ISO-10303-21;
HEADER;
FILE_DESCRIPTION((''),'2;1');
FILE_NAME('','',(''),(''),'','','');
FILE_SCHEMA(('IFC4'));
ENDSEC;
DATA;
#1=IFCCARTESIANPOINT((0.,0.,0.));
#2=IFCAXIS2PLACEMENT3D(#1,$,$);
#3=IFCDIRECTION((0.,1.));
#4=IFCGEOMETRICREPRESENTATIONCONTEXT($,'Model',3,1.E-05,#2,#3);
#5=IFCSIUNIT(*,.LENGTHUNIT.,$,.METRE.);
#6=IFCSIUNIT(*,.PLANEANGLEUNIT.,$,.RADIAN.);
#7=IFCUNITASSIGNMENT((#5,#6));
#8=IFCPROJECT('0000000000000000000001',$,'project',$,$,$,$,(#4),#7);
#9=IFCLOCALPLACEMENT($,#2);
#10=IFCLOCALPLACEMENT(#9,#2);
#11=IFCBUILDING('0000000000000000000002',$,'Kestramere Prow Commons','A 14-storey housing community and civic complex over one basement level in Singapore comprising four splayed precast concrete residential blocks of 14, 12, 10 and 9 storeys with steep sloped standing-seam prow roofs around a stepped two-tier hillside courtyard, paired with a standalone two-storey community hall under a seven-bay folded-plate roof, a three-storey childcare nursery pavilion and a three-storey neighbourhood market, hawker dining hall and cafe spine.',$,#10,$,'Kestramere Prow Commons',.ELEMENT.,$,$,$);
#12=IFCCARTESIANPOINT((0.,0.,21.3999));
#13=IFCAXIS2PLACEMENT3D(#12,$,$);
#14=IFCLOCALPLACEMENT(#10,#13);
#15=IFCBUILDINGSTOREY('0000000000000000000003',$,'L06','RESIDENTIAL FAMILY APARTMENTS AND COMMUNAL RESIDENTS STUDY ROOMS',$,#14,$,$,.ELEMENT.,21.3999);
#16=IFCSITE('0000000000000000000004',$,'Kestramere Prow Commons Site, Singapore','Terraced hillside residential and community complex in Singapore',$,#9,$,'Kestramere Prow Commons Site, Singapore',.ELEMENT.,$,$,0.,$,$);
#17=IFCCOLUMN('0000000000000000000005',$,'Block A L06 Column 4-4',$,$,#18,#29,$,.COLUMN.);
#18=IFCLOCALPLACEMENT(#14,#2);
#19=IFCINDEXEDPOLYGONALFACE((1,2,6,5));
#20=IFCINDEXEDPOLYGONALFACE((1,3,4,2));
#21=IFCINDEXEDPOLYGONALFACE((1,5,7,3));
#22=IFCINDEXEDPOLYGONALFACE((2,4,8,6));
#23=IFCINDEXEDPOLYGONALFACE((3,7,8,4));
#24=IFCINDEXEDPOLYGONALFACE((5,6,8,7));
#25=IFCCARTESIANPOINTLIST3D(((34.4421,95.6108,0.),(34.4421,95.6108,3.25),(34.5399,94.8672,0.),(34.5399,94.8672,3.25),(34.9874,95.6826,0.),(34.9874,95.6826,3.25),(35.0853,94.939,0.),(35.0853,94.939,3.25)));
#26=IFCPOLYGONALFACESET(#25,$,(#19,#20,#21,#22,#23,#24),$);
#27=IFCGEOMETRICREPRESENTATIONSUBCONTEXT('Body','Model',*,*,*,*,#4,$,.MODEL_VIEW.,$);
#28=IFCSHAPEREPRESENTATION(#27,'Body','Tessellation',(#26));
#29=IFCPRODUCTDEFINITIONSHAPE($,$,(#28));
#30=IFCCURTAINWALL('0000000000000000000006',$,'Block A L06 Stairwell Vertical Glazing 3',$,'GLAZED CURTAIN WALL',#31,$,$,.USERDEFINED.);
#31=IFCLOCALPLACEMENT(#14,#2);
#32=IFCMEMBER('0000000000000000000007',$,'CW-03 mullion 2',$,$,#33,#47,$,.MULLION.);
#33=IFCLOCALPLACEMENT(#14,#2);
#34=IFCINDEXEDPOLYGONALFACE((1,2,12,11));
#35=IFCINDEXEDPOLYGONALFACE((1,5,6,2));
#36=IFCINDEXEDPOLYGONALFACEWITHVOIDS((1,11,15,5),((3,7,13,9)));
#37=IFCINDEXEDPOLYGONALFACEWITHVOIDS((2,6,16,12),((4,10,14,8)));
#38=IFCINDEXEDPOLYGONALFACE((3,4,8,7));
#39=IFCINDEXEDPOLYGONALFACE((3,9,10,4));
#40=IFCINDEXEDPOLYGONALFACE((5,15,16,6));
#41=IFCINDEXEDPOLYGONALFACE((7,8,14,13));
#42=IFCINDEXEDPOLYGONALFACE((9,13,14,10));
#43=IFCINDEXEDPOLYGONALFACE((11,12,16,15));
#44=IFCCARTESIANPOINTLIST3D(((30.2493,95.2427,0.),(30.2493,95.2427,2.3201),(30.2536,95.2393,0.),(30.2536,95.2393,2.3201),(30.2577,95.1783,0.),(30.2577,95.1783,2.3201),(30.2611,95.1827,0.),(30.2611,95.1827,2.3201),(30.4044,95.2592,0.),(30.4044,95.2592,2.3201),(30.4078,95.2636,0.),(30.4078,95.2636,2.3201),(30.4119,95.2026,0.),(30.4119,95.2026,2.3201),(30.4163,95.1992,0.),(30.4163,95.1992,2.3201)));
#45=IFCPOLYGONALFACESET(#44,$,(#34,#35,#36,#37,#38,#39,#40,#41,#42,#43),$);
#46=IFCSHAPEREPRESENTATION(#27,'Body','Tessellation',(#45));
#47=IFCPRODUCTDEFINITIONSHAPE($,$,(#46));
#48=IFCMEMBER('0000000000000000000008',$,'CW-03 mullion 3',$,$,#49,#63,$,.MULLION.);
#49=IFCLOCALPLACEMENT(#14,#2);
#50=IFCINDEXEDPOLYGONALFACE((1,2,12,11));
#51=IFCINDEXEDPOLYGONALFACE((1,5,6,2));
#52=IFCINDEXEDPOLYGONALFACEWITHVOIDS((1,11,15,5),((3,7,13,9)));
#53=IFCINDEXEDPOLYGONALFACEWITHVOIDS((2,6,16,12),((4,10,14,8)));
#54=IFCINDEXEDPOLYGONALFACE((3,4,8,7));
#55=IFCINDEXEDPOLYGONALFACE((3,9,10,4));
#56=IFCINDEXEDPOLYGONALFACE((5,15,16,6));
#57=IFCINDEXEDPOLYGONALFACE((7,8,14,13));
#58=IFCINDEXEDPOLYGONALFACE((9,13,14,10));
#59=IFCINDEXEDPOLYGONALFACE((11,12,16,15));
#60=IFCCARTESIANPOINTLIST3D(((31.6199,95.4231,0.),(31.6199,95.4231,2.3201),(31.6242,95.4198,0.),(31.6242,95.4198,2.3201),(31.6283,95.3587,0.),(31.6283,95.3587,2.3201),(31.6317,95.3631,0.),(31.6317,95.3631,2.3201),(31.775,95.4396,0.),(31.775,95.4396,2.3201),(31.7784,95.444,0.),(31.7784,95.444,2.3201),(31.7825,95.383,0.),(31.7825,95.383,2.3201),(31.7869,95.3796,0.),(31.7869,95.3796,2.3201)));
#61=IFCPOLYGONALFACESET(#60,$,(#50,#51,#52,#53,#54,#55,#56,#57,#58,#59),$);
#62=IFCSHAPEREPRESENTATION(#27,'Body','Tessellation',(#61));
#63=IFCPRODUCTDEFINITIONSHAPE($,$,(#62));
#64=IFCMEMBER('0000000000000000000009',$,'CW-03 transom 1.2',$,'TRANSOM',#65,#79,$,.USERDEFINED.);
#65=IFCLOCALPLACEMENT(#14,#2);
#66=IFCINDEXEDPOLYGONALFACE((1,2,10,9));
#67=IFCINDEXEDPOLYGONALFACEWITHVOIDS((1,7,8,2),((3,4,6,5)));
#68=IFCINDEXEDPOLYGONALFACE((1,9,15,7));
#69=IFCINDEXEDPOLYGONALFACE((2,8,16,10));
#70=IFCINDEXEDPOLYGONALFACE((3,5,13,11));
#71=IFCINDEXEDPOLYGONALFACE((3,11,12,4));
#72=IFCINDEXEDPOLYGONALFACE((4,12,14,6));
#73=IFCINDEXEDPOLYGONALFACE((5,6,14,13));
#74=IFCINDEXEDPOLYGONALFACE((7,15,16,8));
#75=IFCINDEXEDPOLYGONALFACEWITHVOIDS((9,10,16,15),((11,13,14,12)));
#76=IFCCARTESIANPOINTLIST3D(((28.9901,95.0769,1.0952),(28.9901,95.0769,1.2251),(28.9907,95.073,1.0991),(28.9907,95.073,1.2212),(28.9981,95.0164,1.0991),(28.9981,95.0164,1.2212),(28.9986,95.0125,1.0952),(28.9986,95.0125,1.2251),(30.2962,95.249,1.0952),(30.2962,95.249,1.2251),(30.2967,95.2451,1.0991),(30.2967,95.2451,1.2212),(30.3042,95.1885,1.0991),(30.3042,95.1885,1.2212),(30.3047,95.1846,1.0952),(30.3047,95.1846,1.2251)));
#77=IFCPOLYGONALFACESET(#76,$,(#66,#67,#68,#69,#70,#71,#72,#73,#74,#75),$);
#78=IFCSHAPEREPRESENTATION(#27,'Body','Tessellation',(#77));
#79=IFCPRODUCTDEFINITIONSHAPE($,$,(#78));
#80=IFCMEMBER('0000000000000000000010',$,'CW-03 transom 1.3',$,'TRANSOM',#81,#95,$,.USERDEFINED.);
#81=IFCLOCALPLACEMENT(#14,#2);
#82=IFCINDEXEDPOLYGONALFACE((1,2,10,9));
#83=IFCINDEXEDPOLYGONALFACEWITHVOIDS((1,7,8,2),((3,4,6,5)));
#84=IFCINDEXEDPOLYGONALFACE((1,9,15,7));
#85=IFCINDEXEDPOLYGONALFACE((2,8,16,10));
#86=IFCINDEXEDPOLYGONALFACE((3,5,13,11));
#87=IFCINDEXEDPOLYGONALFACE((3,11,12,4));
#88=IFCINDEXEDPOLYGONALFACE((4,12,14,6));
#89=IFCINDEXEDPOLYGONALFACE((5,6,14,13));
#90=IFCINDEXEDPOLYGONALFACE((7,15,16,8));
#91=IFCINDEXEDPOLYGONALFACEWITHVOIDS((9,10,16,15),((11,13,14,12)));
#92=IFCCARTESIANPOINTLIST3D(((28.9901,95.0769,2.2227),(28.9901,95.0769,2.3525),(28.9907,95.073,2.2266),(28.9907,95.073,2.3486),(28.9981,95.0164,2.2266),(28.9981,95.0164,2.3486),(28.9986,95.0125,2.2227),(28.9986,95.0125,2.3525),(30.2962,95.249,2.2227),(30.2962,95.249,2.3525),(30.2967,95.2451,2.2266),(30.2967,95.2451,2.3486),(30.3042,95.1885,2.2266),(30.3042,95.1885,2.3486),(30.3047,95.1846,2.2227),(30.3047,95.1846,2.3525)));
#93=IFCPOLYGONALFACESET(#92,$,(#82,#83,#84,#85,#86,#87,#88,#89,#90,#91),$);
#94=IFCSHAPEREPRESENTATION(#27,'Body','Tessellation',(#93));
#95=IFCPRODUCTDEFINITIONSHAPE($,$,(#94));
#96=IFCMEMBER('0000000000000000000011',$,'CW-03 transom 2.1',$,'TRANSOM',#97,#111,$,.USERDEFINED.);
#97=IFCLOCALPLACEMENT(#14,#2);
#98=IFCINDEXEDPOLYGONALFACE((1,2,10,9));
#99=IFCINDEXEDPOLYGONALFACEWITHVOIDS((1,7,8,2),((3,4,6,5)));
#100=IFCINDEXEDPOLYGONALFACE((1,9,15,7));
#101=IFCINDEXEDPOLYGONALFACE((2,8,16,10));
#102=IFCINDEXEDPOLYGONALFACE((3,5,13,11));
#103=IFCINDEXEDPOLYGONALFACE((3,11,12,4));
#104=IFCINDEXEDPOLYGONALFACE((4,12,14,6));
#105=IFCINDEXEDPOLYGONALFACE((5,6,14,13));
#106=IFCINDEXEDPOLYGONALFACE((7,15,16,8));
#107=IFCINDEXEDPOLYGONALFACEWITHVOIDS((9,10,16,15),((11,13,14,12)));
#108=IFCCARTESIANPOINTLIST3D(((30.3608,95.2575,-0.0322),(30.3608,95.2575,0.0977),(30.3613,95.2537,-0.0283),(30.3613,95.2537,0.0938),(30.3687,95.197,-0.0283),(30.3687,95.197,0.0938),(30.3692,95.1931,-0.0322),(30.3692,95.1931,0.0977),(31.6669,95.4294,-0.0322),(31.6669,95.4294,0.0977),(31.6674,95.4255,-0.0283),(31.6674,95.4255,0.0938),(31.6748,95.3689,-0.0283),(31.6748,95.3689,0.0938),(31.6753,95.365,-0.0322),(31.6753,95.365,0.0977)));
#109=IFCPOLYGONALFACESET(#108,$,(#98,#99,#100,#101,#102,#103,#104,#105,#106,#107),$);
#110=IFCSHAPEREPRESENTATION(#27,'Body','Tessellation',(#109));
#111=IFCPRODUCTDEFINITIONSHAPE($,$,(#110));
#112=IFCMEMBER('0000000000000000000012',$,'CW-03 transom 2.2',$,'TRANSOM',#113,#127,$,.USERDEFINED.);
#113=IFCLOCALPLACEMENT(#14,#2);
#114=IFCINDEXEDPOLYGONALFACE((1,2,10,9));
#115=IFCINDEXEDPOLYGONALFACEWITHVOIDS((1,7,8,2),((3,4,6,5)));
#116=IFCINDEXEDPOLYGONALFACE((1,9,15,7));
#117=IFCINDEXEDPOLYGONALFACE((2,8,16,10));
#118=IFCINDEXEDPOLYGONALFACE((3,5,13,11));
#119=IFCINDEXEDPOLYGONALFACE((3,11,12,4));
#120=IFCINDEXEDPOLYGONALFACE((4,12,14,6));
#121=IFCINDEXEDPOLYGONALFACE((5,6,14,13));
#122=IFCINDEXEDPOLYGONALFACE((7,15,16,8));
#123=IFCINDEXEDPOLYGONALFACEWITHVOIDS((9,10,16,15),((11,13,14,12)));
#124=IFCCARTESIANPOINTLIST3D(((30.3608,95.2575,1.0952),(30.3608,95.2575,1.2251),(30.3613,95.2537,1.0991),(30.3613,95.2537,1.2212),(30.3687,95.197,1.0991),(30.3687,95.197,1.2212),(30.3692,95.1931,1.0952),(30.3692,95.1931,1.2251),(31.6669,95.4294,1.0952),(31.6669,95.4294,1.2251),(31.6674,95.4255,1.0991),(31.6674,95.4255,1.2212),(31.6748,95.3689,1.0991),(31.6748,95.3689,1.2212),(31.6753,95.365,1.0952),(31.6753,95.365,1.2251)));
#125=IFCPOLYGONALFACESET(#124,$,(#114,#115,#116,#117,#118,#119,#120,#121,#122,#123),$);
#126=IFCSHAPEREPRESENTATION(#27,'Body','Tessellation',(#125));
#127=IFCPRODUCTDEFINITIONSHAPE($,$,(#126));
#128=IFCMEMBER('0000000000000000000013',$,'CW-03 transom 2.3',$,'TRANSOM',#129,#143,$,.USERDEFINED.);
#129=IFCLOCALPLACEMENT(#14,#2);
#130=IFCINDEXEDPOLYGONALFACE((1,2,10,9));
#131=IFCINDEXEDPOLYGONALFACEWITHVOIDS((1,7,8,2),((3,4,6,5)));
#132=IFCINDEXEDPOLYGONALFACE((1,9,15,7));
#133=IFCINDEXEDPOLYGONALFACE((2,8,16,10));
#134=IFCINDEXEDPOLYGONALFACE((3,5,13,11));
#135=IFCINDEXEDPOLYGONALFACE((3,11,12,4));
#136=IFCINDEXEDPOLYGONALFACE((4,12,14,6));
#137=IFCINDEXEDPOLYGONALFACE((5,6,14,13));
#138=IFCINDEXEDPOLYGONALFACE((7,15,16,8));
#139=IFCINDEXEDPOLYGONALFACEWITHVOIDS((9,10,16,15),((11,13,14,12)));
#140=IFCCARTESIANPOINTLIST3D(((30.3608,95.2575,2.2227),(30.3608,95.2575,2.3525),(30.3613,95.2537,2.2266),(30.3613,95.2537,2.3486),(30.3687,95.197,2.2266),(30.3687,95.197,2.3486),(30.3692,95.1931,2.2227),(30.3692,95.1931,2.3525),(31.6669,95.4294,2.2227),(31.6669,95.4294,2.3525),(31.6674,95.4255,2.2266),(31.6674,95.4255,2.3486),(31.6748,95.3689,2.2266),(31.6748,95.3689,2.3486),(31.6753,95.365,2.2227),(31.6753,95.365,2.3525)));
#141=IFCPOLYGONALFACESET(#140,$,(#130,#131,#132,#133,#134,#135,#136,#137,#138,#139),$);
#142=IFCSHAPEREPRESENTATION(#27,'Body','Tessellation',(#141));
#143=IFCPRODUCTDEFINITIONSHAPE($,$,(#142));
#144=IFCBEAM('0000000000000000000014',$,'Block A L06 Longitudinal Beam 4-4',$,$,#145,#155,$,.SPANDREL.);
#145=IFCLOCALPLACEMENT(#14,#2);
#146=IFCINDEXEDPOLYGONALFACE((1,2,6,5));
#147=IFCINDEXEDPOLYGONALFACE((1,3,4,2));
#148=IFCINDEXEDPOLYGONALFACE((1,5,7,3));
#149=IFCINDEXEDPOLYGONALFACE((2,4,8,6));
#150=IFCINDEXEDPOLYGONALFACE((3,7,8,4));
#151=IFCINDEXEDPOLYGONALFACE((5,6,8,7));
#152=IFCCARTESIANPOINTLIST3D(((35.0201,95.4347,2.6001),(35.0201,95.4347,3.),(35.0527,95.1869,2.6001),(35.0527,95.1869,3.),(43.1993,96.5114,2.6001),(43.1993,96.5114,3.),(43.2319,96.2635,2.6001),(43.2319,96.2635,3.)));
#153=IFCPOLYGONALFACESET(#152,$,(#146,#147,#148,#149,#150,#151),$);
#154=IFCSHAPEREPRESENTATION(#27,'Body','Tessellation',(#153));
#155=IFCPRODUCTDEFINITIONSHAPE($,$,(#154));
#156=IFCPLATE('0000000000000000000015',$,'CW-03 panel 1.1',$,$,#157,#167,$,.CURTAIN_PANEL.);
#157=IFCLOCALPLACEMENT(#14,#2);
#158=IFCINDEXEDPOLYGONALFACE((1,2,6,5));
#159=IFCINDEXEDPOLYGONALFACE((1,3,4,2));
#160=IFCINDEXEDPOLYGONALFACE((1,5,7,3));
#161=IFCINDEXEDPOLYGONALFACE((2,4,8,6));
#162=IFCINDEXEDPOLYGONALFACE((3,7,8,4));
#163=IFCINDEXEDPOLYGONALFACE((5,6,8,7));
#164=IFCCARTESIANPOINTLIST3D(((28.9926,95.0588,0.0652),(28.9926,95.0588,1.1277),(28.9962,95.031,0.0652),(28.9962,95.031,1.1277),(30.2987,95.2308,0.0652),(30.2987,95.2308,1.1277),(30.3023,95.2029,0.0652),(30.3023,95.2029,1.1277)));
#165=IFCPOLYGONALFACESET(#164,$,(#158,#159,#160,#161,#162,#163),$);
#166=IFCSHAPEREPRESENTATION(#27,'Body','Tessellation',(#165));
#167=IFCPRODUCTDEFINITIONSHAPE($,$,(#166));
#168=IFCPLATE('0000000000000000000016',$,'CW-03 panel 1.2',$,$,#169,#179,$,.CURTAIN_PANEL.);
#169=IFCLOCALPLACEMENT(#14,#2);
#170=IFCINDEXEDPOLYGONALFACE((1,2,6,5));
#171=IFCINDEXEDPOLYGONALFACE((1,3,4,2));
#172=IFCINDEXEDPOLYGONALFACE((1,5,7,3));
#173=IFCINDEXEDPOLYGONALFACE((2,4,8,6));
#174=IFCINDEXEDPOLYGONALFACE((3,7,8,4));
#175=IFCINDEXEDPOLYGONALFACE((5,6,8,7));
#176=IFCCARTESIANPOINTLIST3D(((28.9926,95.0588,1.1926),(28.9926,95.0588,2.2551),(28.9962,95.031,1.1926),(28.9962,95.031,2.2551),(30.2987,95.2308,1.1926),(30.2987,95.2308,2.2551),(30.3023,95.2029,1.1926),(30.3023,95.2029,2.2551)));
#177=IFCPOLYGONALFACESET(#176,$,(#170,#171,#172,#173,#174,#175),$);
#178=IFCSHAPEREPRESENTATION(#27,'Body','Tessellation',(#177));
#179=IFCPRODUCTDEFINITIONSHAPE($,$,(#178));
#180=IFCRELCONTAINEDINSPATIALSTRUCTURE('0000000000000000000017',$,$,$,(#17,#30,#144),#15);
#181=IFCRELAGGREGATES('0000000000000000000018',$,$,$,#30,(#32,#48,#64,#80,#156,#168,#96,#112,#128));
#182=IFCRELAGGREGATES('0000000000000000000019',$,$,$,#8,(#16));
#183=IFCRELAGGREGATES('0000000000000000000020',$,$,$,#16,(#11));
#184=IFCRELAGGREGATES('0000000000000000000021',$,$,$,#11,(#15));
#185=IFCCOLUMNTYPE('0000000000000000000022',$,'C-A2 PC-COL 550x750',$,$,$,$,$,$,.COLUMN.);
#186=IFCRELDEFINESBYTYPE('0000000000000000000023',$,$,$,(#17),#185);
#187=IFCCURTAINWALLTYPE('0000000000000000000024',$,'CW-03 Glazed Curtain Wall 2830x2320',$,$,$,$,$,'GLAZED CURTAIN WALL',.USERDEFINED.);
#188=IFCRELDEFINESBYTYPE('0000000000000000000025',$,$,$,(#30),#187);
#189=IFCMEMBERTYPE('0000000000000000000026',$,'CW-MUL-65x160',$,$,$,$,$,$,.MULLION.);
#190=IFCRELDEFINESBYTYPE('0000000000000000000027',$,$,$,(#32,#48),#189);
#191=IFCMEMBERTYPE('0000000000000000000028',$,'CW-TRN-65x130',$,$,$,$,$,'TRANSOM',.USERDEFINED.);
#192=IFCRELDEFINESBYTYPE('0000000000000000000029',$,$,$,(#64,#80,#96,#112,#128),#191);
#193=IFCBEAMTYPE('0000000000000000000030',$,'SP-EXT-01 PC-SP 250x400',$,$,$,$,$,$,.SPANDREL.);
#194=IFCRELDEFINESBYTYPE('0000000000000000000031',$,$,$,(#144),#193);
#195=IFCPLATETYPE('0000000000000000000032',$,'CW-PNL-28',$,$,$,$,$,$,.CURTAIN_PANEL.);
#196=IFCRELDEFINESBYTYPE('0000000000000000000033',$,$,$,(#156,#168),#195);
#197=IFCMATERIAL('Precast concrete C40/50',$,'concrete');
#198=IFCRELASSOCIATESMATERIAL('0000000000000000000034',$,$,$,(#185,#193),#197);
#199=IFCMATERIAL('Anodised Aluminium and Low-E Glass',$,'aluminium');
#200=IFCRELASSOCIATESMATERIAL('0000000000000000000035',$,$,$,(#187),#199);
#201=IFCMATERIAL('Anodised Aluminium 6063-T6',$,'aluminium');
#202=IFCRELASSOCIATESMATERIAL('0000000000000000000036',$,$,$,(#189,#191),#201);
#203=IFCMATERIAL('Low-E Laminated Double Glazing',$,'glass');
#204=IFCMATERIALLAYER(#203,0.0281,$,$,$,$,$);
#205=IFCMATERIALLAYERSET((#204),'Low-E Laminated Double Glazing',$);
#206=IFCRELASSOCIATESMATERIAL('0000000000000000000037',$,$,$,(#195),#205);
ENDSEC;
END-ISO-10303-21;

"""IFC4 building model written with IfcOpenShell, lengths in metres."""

from ifc_helpers import new_model, si_unit, direction, frame, origin, origin_2d, place, context, subcontext, project, spatial, rectangle, hollow_rectangle, extrude, material, layer, layer_set, material_profile, profile_set, type_object, element, aggregate, save


model = new_model("IFC4")

# Units and contexts
model_context = context("Model", 3, precision=1e-05, world=origin(), true_north=direction((0.0, 1.0)))
body_context = subcontext(model_context, "Body", "Model", "MODEL_VIEW")
ifc_project = project(units=[si_unit("LENGTHUNIT", "METRE"), si_unit("PLANEANGLEUNIT", "RADIAN")], contexts=[model_context])

# Site, building, storey
site_placement = place(None, origin())
site = spatial("IfcSite", under=ifc_project, at=site_placement, Name="Kestramere Prow Commons Site, Singapore", Description="Terraced hillside residential and community complex in Singapore", LongName="Kestramere Prow Commons Site, Singapore", CompositionType="ELEMENT", RefElevation=0.0)
building_placement = place(site_placement, origin())
building = spatial("IfcBuilding", under=site, at=building_placement, Name="Kestramere Prow Commons", Description="A 14-storey housing community and civic complex over one basement level in Singapore comprising four splayed precast concrete residential blocks of 14, 12, 10 and 9 storeys with steep sloped standing-seam prow roofs around a stepped two-tier hillside courtyard, paired with a standalone two-storey community hall under a seven-bay folded-plate roof, a three-storey childcare nursery pavilion and a three-storey neighbourhood market, hawker dining hall and cafe spine.", LongName="Kestramere Prow Commons", CompositionType="ELEMENT")
storey_placement = place(building_placement, frame((0.0, 0.0, 21.3999)))
storey = spatial("IfcBuildingStorey", under=building, at=storey_placement, Name="L06", Description="RESIDENTIAL FAMILY APARTMENTS AND COMMUNAL RESIDENTS STUDY ROOMS", CompositionType="ELEMENT", Elevation=21.3999)

# Column
ifc_material_1 = material(Name="Precast concrete C40/50", Category="concrete")
ifc_material_profile_1 = material_profile(ifc_material_1, rectangle(XDim=0.55, YDim=0.75, at=origin_2d()), Name="PC-COL 550x750")
ifc_profile_set_1 = profile_set([ifc_material_profile_1], Name="Precast concrete C40/50")
column_type = type_object("IfcColumnType", Name="C-A2 PC-COL 550x750", PredefinedType="COLUMN", material=ifc_profile_set_1)
column_placement = place(storey_placement, frame((34.7637, 95.2749, 0.0), z_axis=(0.0, 0.0, 1.0), x_axis=(0.991445, 0.130526, 0.0)))
element("IfcColumn", 1, at=column_placement, inside=storey, type_object=column_type, Name="Block A L06 Column 4-4", PredefinedType="COLUMN", context=body_context, shape_type="SweptSolid", body=[
    extrude(rectangle(XDim=0.55, YDim=0.75, at=origin_2d()), origin(), (0.0, 0.0, 1.0), 3.25),
])

# Curtain wall, members
ifc_material_2 = material(Name="Anodised Aluminium and Low-E Glass", Category="aluminium")
curtain_wall_type = type_object("IfcCurtainWallType", Name="CW-03 Glazed Curtain Wall 2830x2320", ElementType="GLAZED CURTAIN WALL", PredefinedType="USERDEFINED", material=ifc_material_2)
curtain_wall_placement = place(storey_placement, origin())
curtain_wall = element("IfcCurtainWall", 2, at=curtain_wall_placement, inside=storey, type_object=curtain_wall_type, Name="Block A L06 Stairwell Vertical Glazing 3", ObjectType="GLAZED CURTAIN WALL", PredefinedType="USERDEFINED")
ifc_material_3 = material(Name="Anodised Aluminium 6063-T6", Category="aluminium")
ifc_material_profile_2 = material_profile(ifc_material_3, hollow_rectangle(XDim=0.0649, YDim=0.1599, WallThickness=0.0039, at=origin_2d()), Name="ALU-MUL 65x160")
ifc_profile_set_2 = profile_set([ifc_material_profile_2], Name="Anodised Aluminium 6063-T6")
member_type_1 = type_object("IfcMemberType", Name="CW-MUL-65x160", PredefinedType="MULLION", material=ifc_profile_set_2)
member_1_placement = place(storey_placement, frame((30.3328, 95.2209, 0.0), z_axis=(0.0, 0.0, 1.0), x_axis=(-0.130526, 0.991445, 0.0)))
member_1 = element("IfcMember", 3, at=member_1_placement, type_object=member_type_1, Name="CW-03 mullion 2", PredefinedType="MULLION", context=body_context, shape_type="SweptSolid", body=[
    extrude(hollow_rectangle(XDim=0.0649, YDim=0.1599, WallThickness=0.0039, at=origin_2d()), origin(), (0.0, 0.0, 1.0), 2.3201),
])
member_2_placement = place(storey_placement, frame((31.7034, 95.4014, 0.0), z_axis=(0.0, 0.0, 1.0), x_axis=(-0.130526, 0.991445, 0.0)))
member_2 = element("IfcMember", 4, at=member_2_placement, type_object=member_type_1, Name="CW-03 mullion 3", PredefinedType="MULLION", context=body_context, shape_type="SweptSolid", body=[
    extrude(hollow_rectangle(XDim=0.0649, YDim=0.1599, WallThickness=0.0039, at=origin_2d()), origin(), (0.0, 0.0, 1.0), 2.3201),
])
ifc_material_profile_3 = material_profile(ifc_material_3, hollow_rectangle(XDim=0.0649, YDim=0.1299, WallThickness=0.0039, at=origin_2d()), Name="ALU-TRN 65x130")
ifc_profile_set_3 = profile_set([ifc_material_profile_3], Name="Anodised Aluminium 6063-T6")
member_type_2 = type_object("IfcMemberType", Name="CW-TRN-65x130", ElementType="TRANSOM", PredefinedType="USERDEFINED", material=ifc_profile_set_3)
member_3_placement = place(storey_placement, frame((28.9944, 95.0447, 1.1602), z_axis=(0.991429, 0.130646, 0.0), x_axis=(-0.130646, 0.991429, 0.0)))
member_3 = element("IfcMember", 5, at=member_3_placement, type_object=member_type_2, Name="CW-03 transom 1.2", ObjectType="TRANSOM", PredefinedType="USERDEFINED", context=body_context, shape_type="SweptSolid", body=[
    extrude(hollow_rectangle(XDim=0.0649, YDim=0.1299, WallThickness=0.0039, at=origin_2d()), origin(), (0.0, 0.0, 1.0), 1.3174),
])
member_4_placement = place(storey_placement, frame((28.9944, 95.0447, 2.2876), z_axis=(0.991429, 0.130646, 0.0), x_axis=(-0.130646, 0.991429, 0.0)))
member_4 = element("IfcMember", 6, at=member_4_placement, type_object=member_type_2, Name="CW-03 transom 1.3", ObjectType="TRANSOM", PredefinedType="USERDEFINED", context=body_context, shape_type="SweptSolid", body=[
    extrude(hollow_rectangle(XDim=0.0649, YDim=0.1299, WallThickness=0.0039, at=origin_2d()), origin(), (0.0, 0.0, 1.0), 1.3174),
])
member_5_placement = place(storey_placement, frame((30.365, 95.2253, 0.0327), z_axis=(0.991453, 0.130464, 0.0), x_axis=(-0.130464, 0.991453, 0.0)))
member_5 = element("IfcMember", 7, at=member_5_placement, type_object=member_type_2, Name="CW-03 transom 2.1", ObjectType="TRANSOM", PredefinedType="USERDEFINED", context=body_context, shape_type="SweptSolid", body=[
    extrude(hollow_rectangle(XDim=0.0649, YDim=0.1299, WallThickness=0.0039, at=origin_2d()), origin(), (0.0, 0.0, 1.0), 1.3174),
])
member_6_placement = place(storey_placement, frame((30.365, 95.2253, 1.1602), z_axis=(0.991453, 0.130464, 0.0), x_axis=(-0.130464, 0.991453, 0.0)))
member_6 = element("IfcMember", 8, at=member_6_placement, type_object=member_type_2, Name="CW-03 transom 2.2", ObjectType="TRANSOM", PredefinedType="USERDEFINED", context=body_context, shape_type="SweptSolid", body=[
    extrude(hollow_rectangle(XDim=0.0649, YDim=0.1299, WallThickness=0.0039, at=origin_2d()), origin(), (0.0, 0.0, 1.0), 1.3174),
])
member_7_placement = place(storey_placement, frame((30.365, 95.2253, 2.2876), z_axis=(0.991453, 0.130464, 0.0), x_axis=(-0.130464, 0.991453, 0.0)))
member_7 = element("IfcMember", 9, at=member_7_placement, type_object=member_type_2, Name="CW-03 transom 2.3", ObjectType="TRANSOM", PredefinedType="USERDEFINED", context=body_context, shape_type="SweptSolid", body=[
    extrude(hollow_rectangle(XDim=0.0649, YDim=0.1299, WallThickness=0.0039, at=origin_2d()), origin(), (0.0, 0.0, 1.0), 1.3174),
])

# Beam
ifc_material_profile_4 = material_profile(ifc_material_1, rectangle(XDim=0.25, YDim=0.3999, at=origin_2d()), Name="PC-SP 250x400")
ifc_profile_set_4 = profile_set([ifc_material_profile_4], Name="Precast concrete C40/50")
beam_type = type_object("IfcBeamType", Name="SP-EXT-01 PC-SP 250x400", PredefinedType="SPANDREL", material=ifc_profile_set_4)
beam_placement = place(storey_placement, frame((35.0364, 95.3108, 2.8), z_axis=(0.991447, 0.130508, 0.0), x_axis=(-0.130508, 0.991447, 0.0)))
element("IfcBeam", 10, at=beam_placement, inside=storey, type_object=beam_type, Name="Block A L06 Longitudinal Beam 4-4", PredefinedType="SPANDREL", context=body_context, shape_type="SweptSolid", body=[
    extrude(rectangle(XDim=0.25, YDim=0.3999, at=origin_2d()), origin(), (0.0, 0.0, 1.0), 8.2498),
])

# Plates
ifc_material_4 = material(Name="Low-E Laminated Double Glazing", Category="glass")
ifc_layer_1 = layer(ifc_material_4, 0.0281)
ifc_layer_set_1 = layer_set([ifc_layer_1], Name="Low-E Laminated Double Glazing")
plate_type = type_object("IfcPlateType", Name="CW-PNL-28", PredefinedType="CURTAIN_PANEL", material=ifc_layer_set_1)
plate_1_placement = place(storey_placement, frame((29.6475, 95.1309, 0.0652), z_axis=(0.0, 0.0, 1.0), x_axis=(0.991445, 0.130526, 0.0)))
plate_1 = element("IfcPlate", 11, at=plate_1_placement, type_object=plate_type, Name="CW-03 panel 1.1", PredefinedType="CURTAIN_PANEL", context=body_context, shape_type="SweptSolid", body=[
    extrude(rectangle(XDim=1.3174, YDim=0.0281, at=origin_2d()), origin(), (0.0, 0.0, 1.0), 1.0625),
])
plate_2_placement = place(storey_placement, frame((29.6475, 95.1309, 1.1926), z_axis=(0.0, 0.0, 1.0), x_axis=(0.991445, 0.130526, 0.0)))
plate_2 = element("IfcPlate", 12, at=plate_2_placement, type_object=plate_type, Name="CW-03 panel 1.2", PredefinedType="CURTAIN_PANEL", context=body_context, shape_type="SweptSolid", body=[
    extrude(rectangle(XDim=1.3174, YDim=0.0281, at=origin_2d()), origin(), (0.0, 0.0, 1.0), 1.0625),
])
aggregate(curtain_wall, [member_1, member_2, member_3, member_4, plate_1, plate_2, member_5, member_6, member_7])

save(model, "model.ifc")
